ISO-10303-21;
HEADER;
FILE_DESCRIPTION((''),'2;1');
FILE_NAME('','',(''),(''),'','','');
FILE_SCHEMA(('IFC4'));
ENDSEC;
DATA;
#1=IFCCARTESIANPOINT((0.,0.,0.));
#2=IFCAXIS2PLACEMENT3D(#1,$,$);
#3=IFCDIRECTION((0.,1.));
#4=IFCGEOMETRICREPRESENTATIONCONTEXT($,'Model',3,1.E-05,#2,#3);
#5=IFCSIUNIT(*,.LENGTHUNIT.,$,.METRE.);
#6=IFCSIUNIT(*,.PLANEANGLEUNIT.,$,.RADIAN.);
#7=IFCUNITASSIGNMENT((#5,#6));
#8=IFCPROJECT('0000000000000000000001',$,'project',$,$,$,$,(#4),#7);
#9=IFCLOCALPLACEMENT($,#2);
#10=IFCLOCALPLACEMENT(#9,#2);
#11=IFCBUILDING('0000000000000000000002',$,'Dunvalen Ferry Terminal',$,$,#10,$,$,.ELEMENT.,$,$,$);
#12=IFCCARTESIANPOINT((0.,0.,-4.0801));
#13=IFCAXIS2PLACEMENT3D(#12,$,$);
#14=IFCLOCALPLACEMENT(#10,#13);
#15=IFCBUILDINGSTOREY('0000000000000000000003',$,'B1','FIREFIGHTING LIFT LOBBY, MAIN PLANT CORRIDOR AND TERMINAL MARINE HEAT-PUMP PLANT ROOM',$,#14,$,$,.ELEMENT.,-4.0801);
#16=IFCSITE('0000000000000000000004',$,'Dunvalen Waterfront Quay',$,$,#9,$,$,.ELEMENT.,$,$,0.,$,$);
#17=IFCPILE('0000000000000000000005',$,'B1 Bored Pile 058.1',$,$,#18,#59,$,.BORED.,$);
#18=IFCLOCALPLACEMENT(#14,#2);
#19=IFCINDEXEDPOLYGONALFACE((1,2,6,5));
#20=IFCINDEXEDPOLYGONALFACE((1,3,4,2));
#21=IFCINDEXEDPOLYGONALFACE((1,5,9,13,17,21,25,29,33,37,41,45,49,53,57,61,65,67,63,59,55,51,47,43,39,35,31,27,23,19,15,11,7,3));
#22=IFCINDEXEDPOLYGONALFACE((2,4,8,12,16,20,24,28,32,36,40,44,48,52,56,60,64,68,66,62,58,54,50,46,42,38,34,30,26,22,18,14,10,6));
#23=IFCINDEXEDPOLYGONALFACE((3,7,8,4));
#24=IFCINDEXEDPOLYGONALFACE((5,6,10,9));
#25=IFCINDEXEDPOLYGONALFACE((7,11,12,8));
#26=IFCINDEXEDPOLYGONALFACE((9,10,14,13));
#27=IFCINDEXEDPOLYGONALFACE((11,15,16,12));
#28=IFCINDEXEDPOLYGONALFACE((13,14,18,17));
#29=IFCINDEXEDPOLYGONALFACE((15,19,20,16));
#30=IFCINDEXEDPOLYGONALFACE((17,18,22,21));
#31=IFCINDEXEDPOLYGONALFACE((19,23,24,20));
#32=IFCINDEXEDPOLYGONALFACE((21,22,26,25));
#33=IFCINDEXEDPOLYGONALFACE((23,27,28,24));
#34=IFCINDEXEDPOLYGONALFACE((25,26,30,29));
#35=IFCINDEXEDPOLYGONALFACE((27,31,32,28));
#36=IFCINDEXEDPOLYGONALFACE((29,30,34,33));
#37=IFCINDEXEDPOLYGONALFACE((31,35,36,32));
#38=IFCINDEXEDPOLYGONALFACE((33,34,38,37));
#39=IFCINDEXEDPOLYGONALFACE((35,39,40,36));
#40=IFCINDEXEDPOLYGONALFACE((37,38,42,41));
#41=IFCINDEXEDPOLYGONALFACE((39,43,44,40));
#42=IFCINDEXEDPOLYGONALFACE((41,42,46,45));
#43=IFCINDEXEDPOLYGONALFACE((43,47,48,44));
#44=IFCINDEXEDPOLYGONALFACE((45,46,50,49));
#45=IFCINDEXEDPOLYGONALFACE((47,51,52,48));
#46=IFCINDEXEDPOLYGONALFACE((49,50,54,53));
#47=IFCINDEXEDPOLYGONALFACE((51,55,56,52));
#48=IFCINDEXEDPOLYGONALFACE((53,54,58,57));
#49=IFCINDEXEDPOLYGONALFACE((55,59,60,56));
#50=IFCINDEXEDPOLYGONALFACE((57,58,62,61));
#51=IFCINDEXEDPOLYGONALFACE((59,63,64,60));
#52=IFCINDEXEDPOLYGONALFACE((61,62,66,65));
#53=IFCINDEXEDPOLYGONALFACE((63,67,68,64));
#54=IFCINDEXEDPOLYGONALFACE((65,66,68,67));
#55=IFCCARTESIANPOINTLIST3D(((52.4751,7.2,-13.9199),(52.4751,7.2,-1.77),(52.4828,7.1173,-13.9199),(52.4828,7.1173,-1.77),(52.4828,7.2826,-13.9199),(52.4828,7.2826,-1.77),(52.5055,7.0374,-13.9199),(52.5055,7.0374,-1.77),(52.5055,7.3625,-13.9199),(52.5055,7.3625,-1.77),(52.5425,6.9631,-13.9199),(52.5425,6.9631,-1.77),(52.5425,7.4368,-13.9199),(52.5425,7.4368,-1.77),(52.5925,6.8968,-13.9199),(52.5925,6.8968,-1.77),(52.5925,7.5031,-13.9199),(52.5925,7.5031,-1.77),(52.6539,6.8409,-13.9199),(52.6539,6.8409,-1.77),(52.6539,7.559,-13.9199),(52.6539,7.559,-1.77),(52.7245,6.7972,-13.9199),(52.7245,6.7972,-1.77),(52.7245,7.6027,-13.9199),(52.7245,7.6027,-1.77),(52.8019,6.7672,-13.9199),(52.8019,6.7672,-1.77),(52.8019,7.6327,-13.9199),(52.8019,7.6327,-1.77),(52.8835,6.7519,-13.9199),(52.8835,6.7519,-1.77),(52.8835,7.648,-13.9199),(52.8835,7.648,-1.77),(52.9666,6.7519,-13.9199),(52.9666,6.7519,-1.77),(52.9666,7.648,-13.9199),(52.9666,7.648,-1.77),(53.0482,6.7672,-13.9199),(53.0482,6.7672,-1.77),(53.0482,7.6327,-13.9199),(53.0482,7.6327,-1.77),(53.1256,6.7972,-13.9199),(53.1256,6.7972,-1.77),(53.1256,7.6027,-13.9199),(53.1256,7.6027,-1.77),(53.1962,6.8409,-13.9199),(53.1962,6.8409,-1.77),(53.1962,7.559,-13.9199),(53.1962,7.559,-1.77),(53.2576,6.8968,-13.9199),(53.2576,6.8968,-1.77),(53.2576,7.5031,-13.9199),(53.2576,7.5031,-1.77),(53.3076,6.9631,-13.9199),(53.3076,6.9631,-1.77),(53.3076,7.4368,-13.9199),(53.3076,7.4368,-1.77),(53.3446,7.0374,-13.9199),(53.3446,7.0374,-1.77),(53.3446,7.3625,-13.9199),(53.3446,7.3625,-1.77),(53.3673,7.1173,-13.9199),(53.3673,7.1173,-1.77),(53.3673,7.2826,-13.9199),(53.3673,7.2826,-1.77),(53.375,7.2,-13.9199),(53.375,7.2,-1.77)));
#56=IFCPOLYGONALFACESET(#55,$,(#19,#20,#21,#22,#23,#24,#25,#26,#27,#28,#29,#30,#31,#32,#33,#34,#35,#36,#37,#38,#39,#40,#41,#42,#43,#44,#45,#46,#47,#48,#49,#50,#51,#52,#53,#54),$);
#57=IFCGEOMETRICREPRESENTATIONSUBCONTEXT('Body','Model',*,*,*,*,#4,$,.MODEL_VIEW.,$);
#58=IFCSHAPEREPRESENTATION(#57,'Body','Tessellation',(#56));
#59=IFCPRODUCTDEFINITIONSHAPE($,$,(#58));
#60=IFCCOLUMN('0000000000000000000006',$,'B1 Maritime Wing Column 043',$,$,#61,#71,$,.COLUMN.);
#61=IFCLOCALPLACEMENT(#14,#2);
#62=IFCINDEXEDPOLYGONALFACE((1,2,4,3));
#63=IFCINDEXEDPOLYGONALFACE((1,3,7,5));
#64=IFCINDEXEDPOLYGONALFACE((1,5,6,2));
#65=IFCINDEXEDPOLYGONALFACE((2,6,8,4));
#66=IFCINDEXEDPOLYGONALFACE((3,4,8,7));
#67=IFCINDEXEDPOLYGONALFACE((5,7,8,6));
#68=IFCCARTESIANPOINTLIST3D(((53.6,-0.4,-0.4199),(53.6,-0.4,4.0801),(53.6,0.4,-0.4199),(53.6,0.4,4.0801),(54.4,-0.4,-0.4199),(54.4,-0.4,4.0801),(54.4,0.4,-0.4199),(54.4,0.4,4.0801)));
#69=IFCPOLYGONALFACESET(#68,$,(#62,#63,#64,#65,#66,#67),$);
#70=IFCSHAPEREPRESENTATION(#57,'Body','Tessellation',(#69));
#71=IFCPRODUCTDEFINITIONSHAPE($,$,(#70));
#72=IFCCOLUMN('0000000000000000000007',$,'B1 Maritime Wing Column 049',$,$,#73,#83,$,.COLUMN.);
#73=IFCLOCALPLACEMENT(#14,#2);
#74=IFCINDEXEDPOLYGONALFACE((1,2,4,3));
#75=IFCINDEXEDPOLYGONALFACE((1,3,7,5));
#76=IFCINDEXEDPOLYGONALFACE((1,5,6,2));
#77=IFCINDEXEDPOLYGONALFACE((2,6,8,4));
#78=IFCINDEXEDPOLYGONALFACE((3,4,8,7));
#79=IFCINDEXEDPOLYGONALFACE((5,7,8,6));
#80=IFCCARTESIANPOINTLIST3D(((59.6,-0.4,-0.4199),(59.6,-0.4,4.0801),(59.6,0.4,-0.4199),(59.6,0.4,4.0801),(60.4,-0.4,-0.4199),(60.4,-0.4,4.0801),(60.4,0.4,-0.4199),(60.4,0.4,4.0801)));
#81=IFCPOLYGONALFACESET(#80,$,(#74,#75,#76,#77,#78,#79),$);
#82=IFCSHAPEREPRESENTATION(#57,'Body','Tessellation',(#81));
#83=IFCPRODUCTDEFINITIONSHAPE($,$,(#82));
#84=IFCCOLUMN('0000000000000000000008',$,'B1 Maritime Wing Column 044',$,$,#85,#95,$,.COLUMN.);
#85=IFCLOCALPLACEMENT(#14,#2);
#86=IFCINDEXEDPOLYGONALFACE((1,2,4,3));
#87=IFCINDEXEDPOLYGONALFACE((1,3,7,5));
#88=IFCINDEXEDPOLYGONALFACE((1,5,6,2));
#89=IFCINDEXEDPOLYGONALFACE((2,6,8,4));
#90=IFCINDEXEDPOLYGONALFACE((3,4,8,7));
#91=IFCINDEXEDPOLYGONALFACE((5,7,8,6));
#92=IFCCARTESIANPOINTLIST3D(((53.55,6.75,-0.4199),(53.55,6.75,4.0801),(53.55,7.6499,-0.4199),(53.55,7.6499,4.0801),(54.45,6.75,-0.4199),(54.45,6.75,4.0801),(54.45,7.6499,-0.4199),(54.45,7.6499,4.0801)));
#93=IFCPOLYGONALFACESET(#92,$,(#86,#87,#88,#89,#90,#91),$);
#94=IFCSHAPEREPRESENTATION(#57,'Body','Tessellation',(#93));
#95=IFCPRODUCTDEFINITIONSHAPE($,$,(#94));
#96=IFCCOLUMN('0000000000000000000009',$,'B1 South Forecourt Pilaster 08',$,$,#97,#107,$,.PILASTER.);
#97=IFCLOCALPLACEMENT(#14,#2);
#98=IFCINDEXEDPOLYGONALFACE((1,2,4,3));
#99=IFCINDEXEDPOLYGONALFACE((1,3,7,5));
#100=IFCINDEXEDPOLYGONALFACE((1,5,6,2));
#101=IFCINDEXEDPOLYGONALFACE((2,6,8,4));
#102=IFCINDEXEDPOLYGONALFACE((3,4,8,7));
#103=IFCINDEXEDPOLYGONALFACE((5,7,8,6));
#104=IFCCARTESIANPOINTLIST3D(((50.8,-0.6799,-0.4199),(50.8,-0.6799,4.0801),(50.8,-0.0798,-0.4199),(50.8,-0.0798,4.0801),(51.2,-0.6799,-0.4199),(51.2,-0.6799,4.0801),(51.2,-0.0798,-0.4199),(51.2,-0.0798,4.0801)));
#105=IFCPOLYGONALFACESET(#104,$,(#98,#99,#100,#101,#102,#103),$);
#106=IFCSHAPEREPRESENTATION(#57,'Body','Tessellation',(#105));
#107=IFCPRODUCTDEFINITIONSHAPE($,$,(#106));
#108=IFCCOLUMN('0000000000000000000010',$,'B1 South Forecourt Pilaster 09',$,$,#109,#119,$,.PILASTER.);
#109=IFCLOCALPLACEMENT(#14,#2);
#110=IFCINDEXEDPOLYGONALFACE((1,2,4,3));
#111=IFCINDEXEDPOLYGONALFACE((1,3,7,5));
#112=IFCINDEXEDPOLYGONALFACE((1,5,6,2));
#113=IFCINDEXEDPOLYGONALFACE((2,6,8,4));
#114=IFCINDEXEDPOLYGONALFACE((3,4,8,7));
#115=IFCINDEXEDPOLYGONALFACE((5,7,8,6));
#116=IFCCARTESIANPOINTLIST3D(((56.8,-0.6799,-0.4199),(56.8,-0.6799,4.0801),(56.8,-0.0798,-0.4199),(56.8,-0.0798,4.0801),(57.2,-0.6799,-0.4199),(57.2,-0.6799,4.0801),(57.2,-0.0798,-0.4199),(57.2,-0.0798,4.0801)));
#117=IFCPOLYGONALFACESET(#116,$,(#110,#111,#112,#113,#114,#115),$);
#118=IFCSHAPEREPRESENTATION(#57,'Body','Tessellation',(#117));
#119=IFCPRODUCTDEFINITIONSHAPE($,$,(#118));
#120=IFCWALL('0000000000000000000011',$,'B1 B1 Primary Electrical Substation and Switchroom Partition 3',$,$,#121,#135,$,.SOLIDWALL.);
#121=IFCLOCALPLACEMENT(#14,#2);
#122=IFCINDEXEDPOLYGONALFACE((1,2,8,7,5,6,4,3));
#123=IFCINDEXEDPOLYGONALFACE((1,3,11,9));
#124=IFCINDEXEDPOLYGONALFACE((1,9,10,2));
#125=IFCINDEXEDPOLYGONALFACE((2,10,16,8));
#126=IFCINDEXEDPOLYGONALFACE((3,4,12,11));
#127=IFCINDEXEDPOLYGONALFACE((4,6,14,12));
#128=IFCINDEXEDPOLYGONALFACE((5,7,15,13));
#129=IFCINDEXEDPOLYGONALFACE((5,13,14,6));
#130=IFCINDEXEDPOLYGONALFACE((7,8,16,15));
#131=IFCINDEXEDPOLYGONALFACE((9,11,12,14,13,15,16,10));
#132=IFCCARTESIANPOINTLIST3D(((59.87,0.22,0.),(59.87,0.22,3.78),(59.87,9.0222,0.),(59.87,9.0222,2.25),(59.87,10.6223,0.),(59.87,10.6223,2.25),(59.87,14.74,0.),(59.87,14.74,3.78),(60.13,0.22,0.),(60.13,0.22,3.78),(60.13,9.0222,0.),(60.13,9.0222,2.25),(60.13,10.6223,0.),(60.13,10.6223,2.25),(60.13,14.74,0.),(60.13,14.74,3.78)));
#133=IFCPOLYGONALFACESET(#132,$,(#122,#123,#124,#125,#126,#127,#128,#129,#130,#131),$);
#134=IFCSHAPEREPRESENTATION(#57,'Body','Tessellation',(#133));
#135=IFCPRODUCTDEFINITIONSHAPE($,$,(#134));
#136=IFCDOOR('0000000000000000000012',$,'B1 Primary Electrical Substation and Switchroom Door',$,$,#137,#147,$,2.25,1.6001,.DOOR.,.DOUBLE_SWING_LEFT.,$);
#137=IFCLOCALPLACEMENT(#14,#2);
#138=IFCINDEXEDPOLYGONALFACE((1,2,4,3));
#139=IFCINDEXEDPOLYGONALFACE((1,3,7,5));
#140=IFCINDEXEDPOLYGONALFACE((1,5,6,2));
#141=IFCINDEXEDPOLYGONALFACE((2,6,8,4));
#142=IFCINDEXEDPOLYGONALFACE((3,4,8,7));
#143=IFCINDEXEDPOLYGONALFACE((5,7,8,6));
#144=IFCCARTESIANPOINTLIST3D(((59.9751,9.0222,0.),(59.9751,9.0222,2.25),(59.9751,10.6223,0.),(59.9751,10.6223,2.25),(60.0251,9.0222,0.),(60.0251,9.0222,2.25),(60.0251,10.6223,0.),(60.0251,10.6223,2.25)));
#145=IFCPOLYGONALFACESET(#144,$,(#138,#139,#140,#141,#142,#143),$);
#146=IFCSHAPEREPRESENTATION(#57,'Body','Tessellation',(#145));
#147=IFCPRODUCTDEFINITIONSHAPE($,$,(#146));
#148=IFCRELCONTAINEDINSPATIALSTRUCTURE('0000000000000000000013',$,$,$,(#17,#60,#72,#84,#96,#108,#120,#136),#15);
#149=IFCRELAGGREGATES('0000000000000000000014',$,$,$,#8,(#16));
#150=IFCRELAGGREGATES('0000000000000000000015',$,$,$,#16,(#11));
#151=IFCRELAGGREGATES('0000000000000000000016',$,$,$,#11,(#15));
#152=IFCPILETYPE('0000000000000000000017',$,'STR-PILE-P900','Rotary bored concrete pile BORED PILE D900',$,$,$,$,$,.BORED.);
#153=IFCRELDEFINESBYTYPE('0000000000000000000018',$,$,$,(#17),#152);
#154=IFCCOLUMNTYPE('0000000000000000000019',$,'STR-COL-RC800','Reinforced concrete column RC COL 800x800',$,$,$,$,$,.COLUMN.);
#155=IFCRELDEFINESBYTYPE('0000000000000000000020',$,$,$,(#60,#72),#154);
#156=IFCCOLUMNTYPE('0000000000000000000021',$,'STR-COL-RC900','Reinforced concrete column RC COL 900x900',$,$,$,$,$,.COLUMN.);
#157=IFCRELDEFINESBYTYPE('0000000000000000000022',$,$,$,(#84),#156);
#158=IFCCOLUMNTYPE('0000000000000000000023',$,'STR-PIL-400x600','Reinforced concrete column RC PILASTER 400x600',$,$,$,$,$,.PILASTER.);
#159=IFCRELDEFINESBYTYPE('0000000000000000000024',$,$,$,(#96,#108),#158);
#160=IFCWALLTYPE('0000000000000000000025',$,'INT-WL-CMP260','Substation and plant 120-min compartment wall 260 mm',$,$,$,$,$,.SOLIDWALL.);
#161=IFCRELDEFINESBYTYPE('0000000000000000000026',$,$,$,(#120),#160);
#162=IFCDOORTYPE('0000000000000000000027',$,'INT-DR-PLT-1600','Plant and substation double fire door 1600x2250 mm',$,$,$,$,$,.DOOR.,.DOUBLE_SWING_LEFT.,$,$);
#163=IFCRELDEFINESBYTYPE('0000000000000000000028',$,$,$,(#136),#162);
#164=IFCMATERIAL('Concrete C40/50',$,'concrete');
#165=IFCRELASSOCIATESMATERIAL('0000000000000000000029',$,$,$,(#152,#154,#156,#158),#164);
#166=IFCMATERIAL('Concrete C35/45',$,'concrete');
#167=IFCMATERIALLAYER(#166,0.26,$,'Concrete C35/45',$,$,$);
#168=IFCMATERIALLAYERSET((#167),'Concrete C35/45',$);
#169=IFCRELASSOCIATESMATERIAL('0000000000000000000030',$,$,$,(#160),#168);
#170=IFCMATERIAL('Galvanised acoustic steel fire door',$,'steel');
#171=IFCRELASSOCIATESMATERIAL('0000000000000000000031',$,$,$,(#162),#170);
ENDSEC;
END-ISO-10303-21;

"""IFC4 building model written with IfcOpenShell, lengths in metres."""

from ifc_helpers import new_model, si_unit, direction, frame, frame_2d, origin, origin_2d, place, context, subcontext, project, spatial, rectangle, circle, extrude, material, layer, layer_set, material_profile, profile_set, type_object, element, fill, save


model = new_model("IFC4")

# Units and contexts
model_context = context("Model", 3, precision=1e-05, world=origin(), true_north=direction((0.0, 1.0)))
body_context = subcontext(model_context, "Body", "Model", "MODEL_VIEW")
ifc_project = project(units=[si_unit("LENGTHUNIT", "METRE"), si_unit("PLANEANGLEUNIT", "RADIAN")], contexts=[model_context])

# Site, building, storey
site_placement = place(None, origin())
site = spatial("IfcSite", under=ifc_project, at=site_placement, Name="Dunvalen Waterfront Quay", CompositionType="ELEMENT", RefElevation=0.0)
building_placement = place(site_placement, origin())
building = spatial("IfcBuilding", under=site, at=building_placement, Name="Dunvalen Ferry Terminal", CompositionType="ELEMENT")
storey_placement = place(building_placement, frame((0.0, 0.0, -4.0801)))
storey = spatial("IfcBuildingStorey", under=building, at=storey_placement, Name="B1", Description="FIREFIGHTING LIFT LOBBY, MAIN PLANT CORRIDOR AND TERMINAL MARINE HEAT-PUMP PLANT ROOM", CompositionType="ELEMENT", Elevation=-4.0801)

# Shared definitions
ifc_material_1 = material(Name="Concrete C40/50", Category="concrete")

# Pile
ifc_material_profile_1 = material_profile(ifc_material_1, circle(Radius=0.45, at=origin_2d()), Name="Concrete C40/50")
ifc_profile_set_1 = profile_set([ifc_material_profile_1], Name="Concrete C40/50")
pile_type_1 = type_object("IfcPileType", Name="STR-PILE-P900", Description="Rotary bored concrete pile BORED PILE D900", PredefinedType="BORED", material=ifc_profile_set_1)
pile_1_placement = place(storey_placement, frame((52.925, 7.2, -1.77), z_axis=(0.0, 0.0, -1.0), x_axis=(1.0, 0.0, 0.0)))
element("IfcPile", 1, at=pile_1_placement, inside=storey, type_object=pile_type_1, Name="B1 Bored Pile 058.1", PredefinedType="BORED", context=body_context, shape_type="SweptSolid", body=[
    extrude(circle(Radius=0.45, at=origin_2d()), origin(), (0.0, 0.0, 1.0), 12.1499),
])

# Columns
ifc_material_profile_2 = material_profile(ifc_material_1, rectangle(XDim=0.8, YDim=0.8, at=origin_2d()), Name="Concrete C40/50")
ifc_profile_set_2 = profile_set([ifc_material_profile_2], Name="Concrete C40/50")
column_type_1 = type_object("IfcColumnType", Name="STR-COL-RC800", Description="Reinforced concrete column RC COL 800x800", PredefinedType="COLUMN", material=ifc_profile_set_2)
for number, where, z_axis, x_axis, name in (
    (2, (54.0, 0.0, -0.4199), (0.0, 0.0, 1.0), (1.0, 0.0, 0.0), "B1 Maritime Wing Column 043"),
    (3, (60.0, 0.0, -0.4199), (0.0, 0.0, 1.0), (1.0, 0.0, 0.0), "B1 Maritime Wing Column 049"),
):
    element("IfcColumn", number, at=place(storey_placement, frame(where, z_axis=z_axis, x_axis=x_axis)), inside=storey, type_object=column_type_1, Name=name, PredefinedType="COLUMN", context=body_context, shape_type="SweptSolid", body=[
        extrude(rectangle(XDim=0.8, YDim=0.8, at=origin_2d()), origin(), (0.0, 0.0, 1.0), 4.5),
    ])
ifc_material_profile_3 = material_profile(ifc_material_1, rectangle(XDim=0.8999, YDim=0.8999, at=origin_2d()), Name="Concrete C40/50")
ifc_profile_set_3 = profile_set([ifc_material_profile_3], Name="Concrete C40/50")
column_type_2 = type_object("IfcColumnType", Name="STR-COL-RC900", Description="Reinforced concrete column RC COL 900x900", PredefinedType="COLUMN", material=ifc_profile_set_3)
column_placement = place(storey_placement, frame((54.0, 7.2, -0.4199), z_axis=(0.0, 0.0, 1.0), x_axis=(1.0, 0.0, 0.0)))
element("IfcColumn", 4, at=column_placement, inside=storey, type_object=column_type_2, Name="B1 Maritime Wing Column 044", PredefinedType="COLUMN", context=body_context, shape_type="SweptSolid", body=[
    extrude(rectangle(XDim=0.8999, YDim=0.8999, at=origin_2d()), origin(), (0.0, 0.0, 1.0), 4.5),
])
ifc_material_profile_4 = material_profile(ifc_material_1, rectangle(XDim=0.3999, YDim=0.6001, at=origin_2d()), Name="Concrete C40/50")
ifc_profile_set_4 = profile_set([ifc_material_profile_4], Name="Concrete C40/50")
column_type_3 = type_object("IfcColumnType", Name="STR-PIL-400x600", Description="Reinforced concrete column RC PILASTER 400x600", PredefinedType="PILASTER", material=ifc_profile_set_4)
for number, where, z_axis, x_axis, name in (
    (5, (51.0, -0.3799, -0.4199), (0.0, 0.0, 1.0), (1.0, 0.0, 0.0), "B1 South Forecourt Pilaster 08"),
    (6, (57.0, -0.3799, -0.4199), (0.0, 0.0, 1.0), (1.0, 0.0, 0.0), "B1 South Forecourt Pilaster 09"),
):
    element("IfcColumn", number, at=place(storey_placement, frame(where, z_axis=z_axis, x_axis=x_axis)), inside=storey, type_object=column_type_3, Name=name, PredefinedType="PILASTER", context=body_context, shape_type="SweptSolid", body=[
        extrude(rectangle(XDim=0.3999, YDim=0.6001, at=origin_2d()), origin(), (0.0, 0.0, 1.0), 4.5),
    ])

# Wall, opening, door
ifc_material_2 = material(Name="Concrete C35/45", Category="concrete")
ifc_layer = layer(ifc_material_2, 0.26, Name="Concrete C35/45")
ifc_layer_set = layer_set([ifc_layer], Name="Concrete C35/45")
wall_type = type_object("IfcWallType", Name="INT-WL-CMP260", Description="Substation and plant 120-min compartment wall 260 mm", PredefinedType="SOLIDWALL", material=ifc_layer_set)
wall_placement = place(storey_placement, frame((60.0, 0.22, 0.0), z_axis=(0.0, 0.0, 1.0), x_axis=(0.0, 1.0, 0.0)))
wall = element("IfcWall", 7, at=wall_placement, inside=storey, type_object=wall_type, Name="B1 B1 Primary Electrical Substation and Switchroom Partition 3", PredefinedType="SOLIDWALL", context=body_context, shape_type="SweptSolid", body=[
    extrude(rectangle(XDim=14.52, YDim=0.26, at=frame_2d((7.26, 0.0))), origin(), (0.0, 0.0, 1.0), 3.78),
])
opening_placement = place(wall_placement, frame((8.8022, 0.0, 0.0)))
opening = element("IfcOpeningElement", 8, at=opening_placement, cuts=wall, PredefinedType="OPENING", context=body_context, shape_type="SweptSolid", body=[
    extrude(rectangle(XDim=1.6001, YDim=2.25, at=frame_2d((0.8, 1.125))), frame((0.0, 0.1401, 0.0), z_axis=(0.0, -1.0, 0.0), x_axis=(1.0, 0.0, 0.0)), (0.0, 0.0, 1.0), 0.28),
])
ifc_material_3 = material(Name="Galvanised acoustic steel fire door", Category="steel")
door_type = type_object("IfcDoorType", Name="INT-DR-PLT-1600", Description="Plant and substation double fire door 1600x2250 mm", OperationType="DOUBLE_SWING_LEFT", PredefinedType="DOOR", material=ifc_material_3)
door_placement = place(opening_placement, origin())
door = element("IfcDoor", 9, at=door_placement, inside=storey, type_object=door_type, Name="B1 Primary Electrical Substation and Switchroom Door", OperationType="DOUBLE_SWING_LEFT", OverallHeight=2.25, OverallWidth=1.6001, PredefinedType="DOOR", context=body_context, shape_type="SweptSolid", body=[
    extrude(rectangle(XDim=1.6001, YDim=2.25, at=frame_2d((0.8, 1.125))), frame((0.0, 0.0249, 0.0), z_axis=(0.0, -1.0, 0.0), x_axis=(1.0, 0.0, 0.0)), (0.0, 0.0, 1.0), 0.05),
])
fill(opening, door)

save(model, "model.ifc")
